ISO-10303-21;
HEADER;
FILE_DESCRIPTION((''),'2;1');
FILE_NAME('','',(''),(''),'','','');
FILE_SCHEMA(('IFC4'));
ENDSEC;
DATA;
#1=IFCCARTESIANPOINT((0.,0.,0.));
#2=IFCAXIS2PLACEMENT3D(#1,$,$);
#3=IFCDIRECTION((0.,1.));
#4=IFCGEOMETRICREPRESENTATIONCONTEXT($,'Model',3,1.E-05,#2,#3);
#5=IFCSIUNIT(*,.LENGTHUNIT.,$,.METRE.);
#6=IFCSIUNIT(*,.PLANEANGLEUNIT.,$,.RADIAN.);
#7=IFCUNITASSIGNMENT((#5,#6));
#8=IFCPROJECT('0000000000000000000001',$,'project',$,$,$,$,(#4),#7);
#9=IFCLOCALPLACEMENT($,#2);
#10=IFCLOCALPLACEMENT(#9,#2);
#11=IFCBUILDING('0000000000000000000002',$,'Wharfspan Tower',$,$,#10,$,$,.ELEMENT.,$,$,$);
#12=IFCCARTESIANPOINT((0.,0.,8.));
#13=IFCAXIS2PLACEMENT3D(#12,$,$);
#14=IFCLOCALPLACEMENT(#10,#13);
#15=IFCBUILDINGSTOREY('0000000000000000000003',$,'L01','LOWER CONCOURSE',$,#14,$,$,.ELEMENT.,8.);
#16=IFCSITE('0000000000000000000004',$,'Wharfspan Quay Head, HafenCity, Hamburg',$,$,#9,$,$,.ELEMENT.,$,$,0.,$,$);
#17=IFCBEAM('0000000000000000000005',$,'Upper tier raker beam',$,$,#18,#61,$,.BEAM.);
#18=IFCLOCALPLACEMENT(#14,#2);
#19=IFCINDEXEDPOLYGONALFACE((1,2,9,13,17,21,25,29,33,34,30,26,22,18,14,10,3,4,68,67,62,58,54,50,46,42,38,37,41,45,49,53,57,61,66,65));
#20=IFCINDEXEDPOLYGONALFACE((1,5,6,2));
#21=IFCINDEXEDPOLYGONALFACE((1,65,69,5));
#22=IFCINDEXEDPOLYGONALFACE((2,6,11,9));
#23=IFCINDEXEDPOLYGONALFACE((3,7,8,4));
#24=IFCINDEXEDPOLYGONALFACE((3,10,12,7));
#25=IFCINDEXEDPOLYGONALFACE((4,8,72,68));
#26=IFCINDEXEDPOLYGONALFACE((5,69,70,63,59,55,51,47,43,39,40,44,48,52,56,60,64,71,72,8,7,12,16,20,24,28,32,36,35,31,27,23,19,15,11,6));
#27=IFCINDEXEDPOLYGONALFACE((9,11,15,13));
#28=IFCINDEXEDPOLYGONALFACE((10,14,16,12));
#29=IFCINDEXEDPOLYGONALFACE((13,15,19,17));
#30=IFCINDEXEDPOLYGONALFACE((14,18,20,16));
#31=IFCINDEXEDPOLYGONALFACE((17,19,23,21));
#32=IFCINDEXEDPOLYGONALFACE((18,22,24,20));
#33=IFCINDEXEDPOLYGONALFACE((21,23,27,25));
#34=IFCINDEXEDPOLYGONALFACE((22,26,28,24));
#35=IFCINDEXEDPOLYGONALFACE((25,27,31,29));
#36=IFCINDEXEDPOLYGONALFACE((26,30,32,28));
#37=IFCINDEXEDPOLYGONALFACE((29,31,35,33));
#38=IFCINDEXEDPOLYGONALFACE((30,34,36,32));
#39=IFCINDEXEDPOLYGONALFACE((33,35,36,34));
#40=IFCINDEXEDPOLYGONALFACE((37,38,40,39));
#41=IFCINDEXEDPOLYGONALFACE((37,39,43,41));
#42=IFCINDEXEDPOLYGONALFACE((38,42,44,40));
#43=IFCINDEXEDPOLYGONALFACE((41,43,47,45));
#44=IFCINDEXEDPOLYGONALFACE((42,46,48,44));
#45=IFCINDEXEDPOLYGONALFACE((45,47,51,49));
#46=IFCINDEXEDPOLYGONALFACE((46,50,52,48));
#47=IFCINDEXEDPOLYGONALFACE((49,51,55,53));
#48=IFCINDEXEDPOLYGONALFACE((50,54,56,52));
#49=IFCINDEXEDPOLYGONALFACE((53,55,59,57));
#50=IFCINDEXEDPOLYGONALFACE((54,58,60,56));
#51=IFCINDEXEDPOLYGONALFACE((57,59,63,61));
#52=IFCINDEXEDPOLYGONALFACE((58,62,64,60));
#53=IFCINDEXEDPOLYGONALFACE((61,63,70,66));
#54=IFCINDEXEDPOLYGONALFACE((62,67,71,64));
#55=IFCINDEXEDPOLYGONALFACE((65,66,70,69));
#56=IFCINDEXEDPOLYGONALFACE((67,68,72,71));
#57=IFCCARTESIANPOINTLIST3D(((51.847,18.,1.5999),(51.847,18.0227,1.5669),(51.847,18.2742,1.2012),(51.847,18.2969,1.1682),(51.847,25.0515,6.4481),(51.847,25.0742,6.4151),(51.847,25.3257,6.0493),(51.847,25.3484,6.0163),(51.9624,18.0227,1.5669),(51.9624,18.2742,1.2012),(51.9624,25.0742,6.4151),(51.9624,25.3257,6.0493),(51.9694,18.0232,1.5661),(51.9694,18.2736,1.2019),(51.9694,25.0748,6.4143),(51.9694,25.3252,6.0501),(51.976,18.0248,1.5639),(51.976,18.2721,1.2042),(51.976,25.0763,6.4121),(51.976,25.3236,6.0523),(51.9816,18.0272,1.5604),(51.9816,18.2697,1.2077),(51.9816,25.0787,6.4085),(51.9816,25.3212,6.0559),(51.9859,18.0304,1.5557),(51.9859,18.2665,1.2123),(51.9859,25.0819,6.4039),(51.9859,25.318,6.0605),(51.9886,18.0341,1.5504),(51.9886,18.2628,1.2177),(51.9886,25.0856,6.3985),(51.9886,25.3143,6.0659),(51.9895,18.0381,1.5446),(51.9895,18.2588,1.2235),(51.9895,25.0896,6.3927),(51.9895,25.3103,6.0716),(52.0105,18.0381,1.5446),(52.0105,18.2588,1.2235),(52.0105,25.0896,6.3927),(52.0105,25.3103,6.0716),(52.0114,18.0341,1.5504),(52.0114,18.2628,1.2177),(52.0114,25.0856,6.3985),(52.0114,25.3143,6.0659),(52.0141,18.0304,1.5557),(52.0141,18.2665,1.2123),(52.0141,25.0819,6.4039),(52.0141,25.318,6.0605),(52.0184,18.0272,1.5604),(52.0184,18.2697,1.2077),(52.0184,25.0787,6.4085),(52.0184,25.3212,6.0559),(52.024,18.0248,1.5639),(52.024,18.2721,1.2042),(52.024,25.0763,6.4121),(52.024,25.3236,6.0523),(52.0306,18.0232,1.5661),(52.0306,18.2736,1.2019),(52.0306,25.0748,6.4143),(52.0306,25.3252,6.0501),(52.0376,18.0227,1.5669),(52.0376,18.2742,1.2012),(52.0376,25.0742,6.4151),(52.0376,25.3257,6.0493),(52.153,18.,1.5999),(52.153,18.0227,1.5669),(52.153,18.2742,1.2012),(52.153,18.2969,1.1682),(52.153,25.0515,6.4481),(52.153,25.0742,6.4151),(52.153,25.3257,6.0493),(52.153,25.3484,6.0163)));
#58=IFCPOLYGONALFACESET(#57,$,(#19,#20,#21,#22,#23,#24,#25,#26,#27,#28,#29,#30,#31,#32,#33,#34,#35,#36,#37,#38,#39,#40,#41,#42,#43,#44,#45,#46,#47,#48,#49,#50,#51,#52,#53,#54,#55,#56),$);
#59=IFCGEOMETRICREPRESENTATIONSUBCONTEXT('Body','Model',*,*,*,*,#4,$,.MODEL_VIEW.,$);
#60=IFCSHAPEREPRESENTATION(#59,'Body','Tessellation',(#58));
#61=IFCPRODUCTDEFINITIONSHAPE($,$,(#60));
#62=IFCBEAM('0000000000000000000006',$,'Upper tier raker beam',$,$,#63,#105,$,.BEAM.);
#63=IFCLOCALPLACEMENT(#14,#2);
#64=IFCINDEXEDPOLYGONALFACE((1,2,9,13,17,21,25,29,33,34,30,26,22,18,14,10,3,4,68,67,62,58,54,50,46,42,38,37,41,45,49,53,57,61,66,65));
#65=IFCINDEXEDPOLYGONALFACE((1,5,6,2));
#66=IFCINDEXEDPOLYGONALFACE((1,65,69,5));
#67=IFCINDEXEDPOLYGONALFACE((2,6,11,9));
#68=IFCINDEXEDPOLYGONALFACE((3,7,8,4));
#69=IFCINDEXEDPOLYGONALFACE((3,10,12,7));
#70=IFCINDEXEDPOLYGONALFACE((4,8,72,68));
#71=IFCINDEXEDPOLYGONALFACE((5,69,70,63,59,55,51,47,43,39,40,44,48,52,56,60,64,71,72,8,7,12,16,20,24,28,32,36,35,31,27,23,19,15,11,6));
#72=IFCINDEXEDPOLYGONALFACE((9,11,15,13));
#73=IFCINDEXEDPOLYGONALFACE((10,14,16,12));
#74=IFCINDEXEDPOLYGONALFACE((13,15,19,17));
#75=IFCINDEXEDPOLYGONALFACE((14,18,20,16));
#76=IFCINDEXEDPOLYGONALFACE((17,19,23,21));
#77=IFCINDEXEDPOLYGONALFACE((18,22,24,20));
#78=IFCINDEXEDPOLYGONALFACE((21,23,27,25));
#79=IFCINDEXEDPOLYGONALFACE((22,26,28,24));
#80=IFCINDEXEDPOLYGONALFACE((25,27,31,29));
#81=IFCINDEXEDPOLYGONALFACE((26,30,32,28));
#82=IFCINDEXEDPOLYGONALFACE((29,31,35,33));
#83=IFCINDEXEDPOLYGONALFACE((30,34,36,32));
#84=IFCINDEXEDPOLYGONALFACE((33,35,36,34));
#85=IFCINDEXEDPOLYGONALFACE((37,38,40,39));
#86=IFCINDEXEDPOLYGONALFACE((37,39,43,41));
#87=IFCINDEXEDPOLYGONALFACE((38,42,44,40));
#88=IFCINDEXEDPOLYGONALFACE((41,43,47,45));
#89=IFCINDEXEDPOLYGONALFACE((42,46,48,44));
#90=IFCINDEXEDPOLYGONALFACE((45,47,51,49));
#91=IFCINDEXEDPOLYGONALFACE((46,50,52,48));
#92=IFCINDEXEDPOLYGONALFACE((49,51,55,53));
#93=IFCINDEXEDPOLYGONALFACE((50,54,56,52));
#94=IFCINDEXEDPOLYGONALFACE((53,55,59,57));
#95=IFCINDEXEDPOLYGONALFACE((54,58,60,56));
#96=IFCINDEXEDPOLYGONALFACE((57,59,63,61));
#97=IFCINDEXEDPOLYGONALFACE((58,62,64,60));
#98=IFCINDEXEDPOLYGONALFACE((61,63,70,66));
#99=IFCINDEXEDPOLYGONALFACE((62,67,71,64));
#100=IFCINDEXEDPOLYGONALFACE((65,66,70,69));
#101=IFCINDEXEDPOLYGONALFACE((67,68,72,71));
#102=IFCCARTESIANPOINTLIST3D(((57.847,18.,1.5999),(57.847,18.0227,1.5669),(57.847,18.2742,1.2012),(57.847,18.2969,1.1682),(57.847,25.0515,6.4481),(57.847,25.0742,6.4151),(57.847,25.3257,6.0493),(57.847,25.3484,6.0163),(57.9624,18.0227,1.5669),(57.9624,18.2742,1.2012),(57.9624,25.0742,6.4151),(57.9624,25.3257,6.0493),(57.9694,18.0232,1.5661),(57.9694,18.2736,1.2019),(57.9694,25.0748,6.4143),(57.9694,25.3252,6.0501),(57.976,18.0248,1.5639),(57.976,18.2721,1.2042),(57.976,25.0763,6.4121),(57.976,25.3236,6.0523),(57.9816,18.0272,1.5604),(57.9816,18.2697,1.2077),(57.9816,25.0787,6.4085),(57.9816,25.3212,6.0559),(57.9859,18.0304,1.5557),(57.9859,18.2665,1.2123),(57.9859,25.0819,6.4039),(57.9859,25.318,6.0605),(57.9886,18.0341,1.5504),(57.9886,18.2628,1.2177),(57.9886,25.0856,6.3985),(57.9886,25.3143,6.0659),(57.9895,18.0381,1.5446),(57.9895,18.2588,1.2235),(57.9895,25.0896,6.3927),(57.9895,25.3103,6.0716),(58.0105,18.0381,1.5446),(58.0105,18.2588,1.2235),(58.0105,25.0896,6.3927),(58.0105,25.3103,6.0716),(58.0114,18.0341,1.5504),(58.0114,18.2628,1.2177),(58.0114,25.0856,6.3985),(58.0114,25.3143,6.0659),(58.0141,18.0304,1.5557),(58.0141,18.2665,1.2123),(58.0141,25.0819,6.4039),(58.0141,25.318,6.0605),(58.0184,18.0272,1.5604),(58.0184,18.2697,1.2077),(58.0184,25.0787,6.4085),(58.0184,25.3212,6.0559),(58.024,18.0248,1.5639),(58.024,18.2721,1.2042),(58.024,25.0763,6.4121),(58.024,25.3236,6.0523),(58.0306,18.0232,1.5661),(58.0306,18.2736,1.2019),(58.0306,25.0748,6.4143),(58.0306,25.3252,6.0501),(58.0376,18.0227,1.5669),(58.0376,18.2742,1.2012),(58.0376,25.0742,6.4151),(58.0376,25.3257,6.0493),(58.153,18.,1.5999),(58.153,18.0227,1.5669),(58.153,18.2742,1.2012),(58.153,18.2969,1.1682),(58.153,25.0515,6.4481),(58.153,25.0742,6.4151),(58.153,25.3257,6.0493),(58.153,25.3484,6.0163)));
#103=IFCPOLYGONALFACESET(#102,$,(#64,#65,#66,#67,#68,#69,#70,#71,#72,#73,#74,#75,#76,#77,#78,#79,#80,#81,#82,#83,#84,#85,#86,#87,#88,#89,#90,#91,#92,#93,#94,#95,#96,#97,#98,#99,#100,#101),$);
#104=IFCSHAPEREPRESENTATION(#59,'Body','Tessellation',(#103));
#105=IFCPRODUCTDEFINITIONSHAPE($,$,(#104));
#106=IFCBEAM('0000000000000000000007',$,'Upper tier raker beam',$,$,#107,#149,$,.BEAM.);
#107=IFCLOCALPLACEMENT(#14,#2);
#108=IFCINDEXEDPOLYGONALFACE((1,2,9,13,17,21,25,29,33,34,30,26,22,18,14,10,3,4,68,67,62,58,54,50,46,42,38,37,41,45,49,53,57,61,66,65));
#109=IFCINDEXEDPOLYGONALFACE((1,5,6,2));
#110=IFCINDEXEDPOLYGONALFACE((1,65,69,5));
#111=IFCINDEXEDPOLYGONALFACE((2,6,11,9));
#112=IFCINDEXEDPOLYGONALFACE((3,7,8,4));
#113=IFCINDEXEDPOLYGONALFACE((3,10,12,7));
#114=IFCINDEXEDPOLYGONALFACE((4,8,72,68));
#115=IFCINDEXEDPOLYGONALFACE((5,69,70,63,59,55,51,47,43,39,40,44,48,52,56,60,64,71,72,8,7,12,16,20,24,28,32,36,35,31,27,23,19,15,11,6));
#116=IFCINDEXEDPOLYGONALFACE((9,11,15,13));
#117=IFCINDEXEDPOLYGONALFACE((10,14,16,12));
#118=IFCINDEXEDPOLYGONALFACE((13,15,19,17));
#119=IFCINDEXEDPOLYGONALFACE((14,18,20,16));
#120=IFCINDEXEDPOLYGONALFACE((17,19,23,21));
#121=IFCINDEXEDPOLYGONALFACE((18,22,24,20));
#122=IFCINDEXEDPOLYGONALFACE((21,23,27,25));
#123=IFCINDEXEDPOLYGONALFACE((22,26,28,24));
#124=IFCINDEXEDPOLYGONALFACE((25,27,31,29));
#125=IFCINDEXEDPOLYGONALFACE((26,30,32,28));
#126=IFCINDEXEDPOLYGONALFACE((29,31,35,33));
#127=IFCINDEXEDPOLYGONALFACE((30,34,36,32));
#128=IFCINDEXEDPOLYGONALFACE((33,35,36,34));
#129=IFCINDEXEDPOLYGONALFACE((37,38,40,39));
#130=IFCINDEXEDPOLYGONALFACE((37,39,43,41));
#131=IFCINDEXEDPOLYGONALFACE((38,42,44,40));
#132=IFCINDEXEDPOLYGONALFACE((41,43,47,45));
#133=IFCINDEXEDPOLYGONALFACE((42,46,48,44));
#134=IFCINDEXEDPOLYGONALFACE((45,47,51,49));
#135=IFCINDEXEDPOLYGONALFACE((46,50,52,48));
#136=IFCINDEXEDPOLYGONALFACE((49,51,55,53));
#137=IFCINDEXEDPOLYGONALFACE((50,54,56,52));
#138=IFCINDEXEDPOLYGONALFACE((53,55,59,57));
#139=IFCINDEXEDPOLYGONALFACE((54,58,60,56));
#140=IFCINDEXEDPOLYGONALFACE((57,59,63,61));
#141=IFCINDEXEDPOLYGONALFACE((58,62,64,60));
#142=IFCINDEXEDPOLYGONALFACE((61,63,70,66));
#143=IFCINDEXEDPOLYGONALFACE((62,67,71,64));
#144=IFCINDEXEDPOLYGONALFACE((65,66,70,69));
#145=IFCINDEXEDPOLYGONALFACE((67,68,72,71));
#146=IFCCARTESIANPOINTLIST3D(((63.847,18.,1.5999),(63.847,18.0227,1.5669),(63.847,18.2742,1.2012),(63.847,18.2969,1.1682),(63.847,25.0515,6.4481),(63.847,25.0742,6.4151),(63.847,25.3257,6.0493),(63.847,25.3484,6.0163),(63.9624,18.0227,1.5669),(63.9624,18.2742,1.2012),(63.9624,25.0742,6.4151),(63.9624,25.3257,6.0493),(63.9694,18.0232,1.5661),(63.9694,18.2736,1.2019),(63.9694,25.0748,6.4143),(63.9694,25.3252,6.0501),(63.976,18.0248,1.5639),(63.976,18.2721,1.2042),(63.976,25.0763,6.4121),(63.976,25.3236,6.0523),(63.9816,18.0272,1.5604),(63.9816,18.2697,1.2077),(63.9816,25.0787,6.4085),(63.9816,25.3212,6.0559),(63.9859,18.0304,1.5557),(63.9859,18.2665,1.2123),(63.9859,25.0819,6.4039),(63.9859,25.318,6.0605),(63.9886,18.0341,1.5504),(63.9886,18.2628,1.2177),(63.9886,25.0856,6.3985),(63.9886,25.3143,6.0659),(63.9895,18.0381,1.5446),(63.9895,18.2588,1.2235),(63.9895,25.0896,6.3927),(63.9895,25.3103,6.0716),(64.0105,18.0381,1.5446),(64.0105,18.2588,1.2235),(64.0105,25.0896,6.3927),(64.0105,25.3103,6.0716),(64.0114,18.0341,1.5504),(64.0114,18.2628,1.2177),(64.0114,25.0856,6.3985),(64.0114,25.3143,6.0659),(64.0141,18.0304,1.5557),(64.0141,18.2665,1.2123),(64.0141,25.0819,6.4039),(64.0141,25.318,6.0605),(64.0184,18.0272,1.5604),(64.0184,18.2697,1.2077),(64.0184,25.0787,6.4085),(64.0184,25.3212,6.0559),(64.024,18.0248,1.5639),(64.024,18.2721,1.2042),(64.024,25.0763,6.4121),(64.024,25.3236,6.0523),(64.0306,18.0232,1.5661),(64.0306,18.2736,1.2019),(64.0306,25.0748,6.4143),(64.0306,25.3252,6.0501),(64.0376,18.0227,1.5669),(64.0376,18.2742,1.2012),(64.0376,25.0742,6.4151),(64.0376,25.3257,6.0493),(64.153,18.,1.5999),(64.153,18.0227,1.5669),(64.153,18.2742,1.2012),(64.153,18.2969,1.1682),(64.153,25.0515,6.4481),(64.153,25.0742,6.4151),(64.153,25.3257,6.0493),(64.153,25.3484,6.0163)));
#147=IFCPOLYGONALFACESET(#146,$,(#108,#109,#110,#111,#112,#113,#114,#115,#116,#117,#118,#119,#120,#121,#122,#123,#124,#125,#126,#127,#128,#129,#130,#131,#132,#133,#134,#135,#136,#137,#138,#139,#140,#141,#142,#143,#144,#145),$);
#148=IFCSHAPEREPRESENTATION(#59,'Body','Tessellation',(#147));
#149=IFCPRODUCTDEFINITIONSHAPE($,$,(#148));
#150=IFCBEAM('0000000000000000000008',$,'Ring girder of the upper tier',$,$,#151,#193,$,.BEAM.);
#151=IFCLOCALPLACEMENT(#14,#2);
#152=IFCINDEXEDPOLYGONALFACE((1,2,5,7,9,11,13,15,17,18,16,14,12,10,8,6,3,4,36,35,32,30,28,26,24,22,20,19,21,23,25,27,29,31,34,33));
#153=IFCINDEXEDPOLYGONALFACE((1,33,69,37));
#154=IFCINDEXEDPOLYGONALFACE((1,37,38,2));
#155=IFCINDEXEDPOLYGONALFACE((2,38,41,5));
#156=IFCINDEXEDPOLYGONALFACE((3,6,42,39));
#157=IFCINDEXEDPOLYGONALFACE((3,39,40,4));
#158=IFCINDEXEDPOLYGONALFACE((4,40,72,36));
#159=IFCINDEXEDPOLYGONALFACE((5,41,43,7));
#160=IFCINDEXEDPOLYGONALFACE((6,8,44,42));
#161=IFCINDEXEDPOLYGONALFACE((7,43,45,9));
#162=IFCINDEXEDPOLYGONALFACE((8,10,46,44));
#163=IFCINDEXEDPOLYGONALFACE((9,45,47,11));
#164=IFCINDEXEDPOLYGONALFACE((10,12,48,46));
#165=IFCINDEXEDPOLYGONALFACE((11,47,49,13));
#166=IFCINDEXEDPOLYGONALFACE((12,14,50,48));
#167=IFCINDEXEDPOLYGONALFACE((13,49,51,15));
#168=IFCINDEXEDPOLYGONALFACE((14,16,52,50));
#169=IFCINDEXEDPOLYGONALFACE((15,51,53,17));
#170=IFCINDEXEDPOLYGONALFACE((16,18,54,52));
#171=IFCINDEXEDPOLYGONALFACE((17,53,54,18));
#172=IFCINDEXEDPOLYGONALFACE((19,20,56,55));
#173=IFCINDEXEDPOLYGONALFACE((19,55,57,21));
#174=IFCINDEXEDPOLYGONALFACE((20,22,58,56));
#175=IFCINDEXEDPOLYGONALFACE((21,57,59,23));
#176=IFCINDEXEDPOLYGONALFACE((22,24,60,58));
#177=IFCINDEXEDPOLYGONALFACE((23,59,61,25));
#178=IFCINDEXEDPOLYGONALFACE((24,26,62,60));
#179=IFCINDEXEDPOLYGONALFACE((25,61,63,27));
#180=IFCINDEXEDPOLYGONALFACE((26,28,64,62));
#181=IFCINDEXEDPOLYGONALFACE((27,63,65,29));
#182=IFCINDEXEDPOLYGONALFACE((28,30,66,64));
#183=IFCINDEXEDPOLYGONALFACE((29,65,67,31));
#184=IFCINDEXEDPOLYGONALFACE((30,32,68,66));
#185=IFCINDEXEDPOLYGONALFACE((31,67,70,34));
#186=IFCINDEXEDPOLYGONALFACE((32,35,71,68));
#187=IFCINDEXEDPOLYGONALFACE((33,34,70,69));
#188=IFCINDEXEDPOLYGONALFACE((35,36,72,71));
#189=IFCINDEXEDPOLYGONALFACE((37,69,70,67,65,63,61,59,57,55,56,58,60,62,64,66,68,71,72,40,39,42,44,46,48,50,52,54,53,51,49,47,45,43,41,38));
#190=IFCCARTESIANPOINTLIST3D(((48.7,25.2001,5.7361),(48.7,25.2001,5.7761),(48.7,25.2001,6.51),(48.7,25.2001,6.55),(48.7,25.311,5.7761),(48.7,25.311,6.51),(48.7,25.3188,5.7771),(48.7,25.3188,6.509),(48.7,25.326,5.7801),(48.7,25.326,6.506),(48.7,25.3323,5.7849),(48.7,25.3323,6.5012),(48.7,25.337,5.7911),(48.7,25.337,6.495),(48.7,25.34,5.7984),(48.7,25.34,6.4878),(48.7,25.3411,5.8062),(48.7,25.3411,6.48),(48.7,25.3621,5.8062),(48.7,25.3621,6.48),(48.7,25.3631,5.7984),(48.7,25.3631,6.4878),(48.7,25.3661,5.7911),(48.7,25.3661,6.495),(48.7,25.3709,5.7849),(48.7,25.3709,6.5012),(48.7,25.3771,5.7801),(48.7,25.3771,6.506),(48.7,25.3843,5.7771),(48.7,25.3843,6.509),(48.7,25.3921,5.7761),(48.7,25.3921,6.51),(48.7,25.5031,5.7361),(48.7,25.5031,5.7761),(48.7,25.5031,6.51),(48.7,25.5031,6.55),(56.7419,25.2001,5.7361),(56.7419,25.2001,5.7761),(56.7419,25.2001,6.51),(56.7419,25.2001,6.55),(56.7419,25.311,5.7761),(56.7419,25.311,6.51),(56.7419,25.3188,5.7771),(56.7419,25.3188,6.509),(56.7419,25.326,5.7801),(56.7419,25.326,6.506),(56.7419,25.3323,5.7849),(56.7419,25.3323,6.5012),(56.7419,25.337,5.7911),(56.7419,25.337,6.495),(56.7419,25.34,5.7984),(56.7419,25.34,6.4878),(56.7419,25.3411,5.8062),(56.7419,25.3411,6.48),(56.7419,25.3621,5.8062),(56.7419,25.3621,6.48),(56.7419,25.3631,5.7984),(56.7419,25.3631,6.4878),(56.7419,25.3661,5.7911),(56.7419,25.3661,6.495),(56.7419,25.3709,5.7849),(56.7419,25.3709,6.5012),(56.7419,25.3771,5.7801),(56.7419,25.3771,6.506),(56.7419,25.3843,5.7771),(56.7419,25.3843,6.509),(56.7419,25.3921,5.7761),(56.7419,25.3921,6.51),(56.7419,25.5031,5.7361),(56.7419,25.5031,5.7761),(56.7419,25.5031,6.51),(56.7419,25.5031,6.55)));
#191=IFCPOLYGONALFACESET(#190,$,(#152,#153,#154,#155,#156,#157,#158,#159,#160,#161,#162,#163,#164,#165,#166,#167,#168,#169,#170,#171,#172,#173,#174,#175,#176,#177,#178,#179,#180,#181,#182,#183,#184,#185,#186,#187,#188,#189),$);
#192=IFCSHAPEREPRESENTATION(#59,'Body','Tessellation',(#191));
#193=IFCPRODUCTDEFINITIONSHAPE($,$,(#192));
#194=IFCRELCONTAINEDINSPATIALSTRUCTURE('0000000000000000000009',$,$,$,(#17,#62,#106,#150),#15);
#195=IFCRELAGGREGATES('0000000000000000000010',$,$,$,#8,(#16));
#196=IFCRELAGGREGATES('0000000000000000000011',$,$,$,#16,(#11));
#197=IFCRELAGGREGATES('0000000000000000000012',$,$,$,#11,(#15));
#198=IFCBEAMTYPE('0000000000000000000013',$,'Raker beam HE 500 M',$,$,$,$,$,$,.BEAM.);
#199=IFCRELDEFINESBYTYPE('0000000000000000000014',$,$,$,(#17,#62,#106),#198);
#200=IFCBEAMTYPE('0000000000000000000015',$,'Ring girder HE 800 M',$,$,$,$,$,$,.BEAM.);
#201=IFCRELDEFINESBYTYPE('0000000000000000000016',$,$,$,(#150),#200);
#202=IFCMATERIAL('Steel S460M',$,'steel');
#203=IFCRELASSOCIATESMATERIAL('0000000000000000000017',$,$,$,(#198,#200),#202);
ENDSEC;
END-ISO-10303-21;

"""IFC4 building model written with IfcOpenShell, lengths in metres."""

from ifc_helpers import new_model, si_unit, direction, frame, origin, origin_2d, place, context, subcontext, project, spatial, i_section, extrude, material, material_profile, profile_set, type_object, element, save


model = new_model("IFC4")

# Units and contexts
model_context = context("Model", 3, precision=1e-05, world=origin(), true_north=direction((0.0, 1.0)))
body_context = subcontext(model_context, "Body", "Model", "MODEL_VIEW")
ifc_project = project(units=[si_unit("LENGTHUNIT", "METRE"), si_unit("PLANEANGLEUNIT", "RADIAN")], contexts=[model_context])

# Site, building, storey
site_placement = place(None, origin())
site = spatial("IfcSite", under=ifc_project, at=site_placement, Name="Wharfspan Quay Head, HafenCity, Hamburg", CompositionType="ELEMENT", RefElevation=0.0)
building_placement = place(site_placement, origin())
building = spatial("IfcBuilding", under=site, at=building_placement, Name="Wharfspan Tower", CompositionType="ELEMENT")
storey_placement = place(building_placement, frame((0.0, 0.0, 8.0)))
storey = spatial("IfcBuildingStorey", under=building, at=storey_placement, Name="L01", Description="LOWER CONCOURSE", CompositionType="ELEMENT", Elevation=8.0)

# Beams
ifc_material_1 = material(Name="Steel S460M", Category="steel")
ifc_material_profile_1 = material_profile(ifc_material_1, i_section(OverallWidth=0.3059, OverallDepth=0.5239, WebThickness=0.021, FlangeThickness=0.04, FilletRadius=0.0271, at=origin_2d()))
ifc_profile_set_1 = profile_set([ifc_material_profile_1], Name="Steel S460M")
beam_type_1 = type_object("IfcBeamType", Name="Raker beam HE 500 M", PredefinedType="BEAM", material=ifc_profile_set_1)
for number, where, z_axis, x_axis, name in (
    (1, (52.0, 18.1484, 1.384), (0.0, 0.824029, 0.566547), (-1.0, 0.0, 0.0), "Upper tier raker beam"),
    (2, (58.0, 18.1484, 1.384), (0.0, 0.824029, 0.566547), (-1.0, 0.0, 0.0), "Upper tier raker beam"),
    (3, (64.0, 18.1484, 1.384), (0.0, 0.824029, 0.566547), (-1.0, 0.0, 0.0), "Upper tier raker beam"),
):
    element("IfcBeam", number, at=place(storey_placement, frame(where, z_axis=z_axis, x_axis=x_axis)), inside=storey, type_object=beam_type_1, Name=name, PredefinedType="BEAM", context=body_context, shape_type="SweptSolid", body=[
        extrude(i_section(OverallWidth=0.3059, OverallDepth=0.5239, WebThickness=0.021, FlangeThickness=0.04, FilletRadius=0.0271, at=origin_2d()), origin(), (0.0, 0.0, 1.0), 8.5574),
    ])
ifc_material_profile_2 = material_profile(ifc_material_1, i_section(OverallWidth=0.303, OverallDepth=0.814, WebThickness=0.021, FlangeThickness=0.04, FilletRadius=0.03, at=origin_2d()))
ifc_profile_set_2 = profile_set([ifc_material_profile_2], Name="Steel S460M")
beam_type_2 = type_object("IfcBeamType", Name="Ring girder HE 800 M", PredefinedType="BEAM", material=ifc_profile_set_2)
beam_1_placement = place(storey_placement, frame((48.7, 25.3516, 6.1431), z_axis=(1.0, 0.0, 0.0), x_axis=(0.0, 1.0, 0.0)))
element("IfcBeam", 4, at=beam_1_placement, inside=storey, type_object=beam_type_2, Name="Ring girder of the upper tier", PredefinedType="BEAM", context=body_context, shape_type="SweptSolid", body=[
    extrude(i_section(OverallWidth=0.303, OverallDepth=0.814, WebThickness=0.021, FlangeThickness=0.04, FilletRadius=0.03, at=origin_2d()), origin(), (0.0, 0.0, 1.0), 8.042),
])

save(model, "model.ifc")
